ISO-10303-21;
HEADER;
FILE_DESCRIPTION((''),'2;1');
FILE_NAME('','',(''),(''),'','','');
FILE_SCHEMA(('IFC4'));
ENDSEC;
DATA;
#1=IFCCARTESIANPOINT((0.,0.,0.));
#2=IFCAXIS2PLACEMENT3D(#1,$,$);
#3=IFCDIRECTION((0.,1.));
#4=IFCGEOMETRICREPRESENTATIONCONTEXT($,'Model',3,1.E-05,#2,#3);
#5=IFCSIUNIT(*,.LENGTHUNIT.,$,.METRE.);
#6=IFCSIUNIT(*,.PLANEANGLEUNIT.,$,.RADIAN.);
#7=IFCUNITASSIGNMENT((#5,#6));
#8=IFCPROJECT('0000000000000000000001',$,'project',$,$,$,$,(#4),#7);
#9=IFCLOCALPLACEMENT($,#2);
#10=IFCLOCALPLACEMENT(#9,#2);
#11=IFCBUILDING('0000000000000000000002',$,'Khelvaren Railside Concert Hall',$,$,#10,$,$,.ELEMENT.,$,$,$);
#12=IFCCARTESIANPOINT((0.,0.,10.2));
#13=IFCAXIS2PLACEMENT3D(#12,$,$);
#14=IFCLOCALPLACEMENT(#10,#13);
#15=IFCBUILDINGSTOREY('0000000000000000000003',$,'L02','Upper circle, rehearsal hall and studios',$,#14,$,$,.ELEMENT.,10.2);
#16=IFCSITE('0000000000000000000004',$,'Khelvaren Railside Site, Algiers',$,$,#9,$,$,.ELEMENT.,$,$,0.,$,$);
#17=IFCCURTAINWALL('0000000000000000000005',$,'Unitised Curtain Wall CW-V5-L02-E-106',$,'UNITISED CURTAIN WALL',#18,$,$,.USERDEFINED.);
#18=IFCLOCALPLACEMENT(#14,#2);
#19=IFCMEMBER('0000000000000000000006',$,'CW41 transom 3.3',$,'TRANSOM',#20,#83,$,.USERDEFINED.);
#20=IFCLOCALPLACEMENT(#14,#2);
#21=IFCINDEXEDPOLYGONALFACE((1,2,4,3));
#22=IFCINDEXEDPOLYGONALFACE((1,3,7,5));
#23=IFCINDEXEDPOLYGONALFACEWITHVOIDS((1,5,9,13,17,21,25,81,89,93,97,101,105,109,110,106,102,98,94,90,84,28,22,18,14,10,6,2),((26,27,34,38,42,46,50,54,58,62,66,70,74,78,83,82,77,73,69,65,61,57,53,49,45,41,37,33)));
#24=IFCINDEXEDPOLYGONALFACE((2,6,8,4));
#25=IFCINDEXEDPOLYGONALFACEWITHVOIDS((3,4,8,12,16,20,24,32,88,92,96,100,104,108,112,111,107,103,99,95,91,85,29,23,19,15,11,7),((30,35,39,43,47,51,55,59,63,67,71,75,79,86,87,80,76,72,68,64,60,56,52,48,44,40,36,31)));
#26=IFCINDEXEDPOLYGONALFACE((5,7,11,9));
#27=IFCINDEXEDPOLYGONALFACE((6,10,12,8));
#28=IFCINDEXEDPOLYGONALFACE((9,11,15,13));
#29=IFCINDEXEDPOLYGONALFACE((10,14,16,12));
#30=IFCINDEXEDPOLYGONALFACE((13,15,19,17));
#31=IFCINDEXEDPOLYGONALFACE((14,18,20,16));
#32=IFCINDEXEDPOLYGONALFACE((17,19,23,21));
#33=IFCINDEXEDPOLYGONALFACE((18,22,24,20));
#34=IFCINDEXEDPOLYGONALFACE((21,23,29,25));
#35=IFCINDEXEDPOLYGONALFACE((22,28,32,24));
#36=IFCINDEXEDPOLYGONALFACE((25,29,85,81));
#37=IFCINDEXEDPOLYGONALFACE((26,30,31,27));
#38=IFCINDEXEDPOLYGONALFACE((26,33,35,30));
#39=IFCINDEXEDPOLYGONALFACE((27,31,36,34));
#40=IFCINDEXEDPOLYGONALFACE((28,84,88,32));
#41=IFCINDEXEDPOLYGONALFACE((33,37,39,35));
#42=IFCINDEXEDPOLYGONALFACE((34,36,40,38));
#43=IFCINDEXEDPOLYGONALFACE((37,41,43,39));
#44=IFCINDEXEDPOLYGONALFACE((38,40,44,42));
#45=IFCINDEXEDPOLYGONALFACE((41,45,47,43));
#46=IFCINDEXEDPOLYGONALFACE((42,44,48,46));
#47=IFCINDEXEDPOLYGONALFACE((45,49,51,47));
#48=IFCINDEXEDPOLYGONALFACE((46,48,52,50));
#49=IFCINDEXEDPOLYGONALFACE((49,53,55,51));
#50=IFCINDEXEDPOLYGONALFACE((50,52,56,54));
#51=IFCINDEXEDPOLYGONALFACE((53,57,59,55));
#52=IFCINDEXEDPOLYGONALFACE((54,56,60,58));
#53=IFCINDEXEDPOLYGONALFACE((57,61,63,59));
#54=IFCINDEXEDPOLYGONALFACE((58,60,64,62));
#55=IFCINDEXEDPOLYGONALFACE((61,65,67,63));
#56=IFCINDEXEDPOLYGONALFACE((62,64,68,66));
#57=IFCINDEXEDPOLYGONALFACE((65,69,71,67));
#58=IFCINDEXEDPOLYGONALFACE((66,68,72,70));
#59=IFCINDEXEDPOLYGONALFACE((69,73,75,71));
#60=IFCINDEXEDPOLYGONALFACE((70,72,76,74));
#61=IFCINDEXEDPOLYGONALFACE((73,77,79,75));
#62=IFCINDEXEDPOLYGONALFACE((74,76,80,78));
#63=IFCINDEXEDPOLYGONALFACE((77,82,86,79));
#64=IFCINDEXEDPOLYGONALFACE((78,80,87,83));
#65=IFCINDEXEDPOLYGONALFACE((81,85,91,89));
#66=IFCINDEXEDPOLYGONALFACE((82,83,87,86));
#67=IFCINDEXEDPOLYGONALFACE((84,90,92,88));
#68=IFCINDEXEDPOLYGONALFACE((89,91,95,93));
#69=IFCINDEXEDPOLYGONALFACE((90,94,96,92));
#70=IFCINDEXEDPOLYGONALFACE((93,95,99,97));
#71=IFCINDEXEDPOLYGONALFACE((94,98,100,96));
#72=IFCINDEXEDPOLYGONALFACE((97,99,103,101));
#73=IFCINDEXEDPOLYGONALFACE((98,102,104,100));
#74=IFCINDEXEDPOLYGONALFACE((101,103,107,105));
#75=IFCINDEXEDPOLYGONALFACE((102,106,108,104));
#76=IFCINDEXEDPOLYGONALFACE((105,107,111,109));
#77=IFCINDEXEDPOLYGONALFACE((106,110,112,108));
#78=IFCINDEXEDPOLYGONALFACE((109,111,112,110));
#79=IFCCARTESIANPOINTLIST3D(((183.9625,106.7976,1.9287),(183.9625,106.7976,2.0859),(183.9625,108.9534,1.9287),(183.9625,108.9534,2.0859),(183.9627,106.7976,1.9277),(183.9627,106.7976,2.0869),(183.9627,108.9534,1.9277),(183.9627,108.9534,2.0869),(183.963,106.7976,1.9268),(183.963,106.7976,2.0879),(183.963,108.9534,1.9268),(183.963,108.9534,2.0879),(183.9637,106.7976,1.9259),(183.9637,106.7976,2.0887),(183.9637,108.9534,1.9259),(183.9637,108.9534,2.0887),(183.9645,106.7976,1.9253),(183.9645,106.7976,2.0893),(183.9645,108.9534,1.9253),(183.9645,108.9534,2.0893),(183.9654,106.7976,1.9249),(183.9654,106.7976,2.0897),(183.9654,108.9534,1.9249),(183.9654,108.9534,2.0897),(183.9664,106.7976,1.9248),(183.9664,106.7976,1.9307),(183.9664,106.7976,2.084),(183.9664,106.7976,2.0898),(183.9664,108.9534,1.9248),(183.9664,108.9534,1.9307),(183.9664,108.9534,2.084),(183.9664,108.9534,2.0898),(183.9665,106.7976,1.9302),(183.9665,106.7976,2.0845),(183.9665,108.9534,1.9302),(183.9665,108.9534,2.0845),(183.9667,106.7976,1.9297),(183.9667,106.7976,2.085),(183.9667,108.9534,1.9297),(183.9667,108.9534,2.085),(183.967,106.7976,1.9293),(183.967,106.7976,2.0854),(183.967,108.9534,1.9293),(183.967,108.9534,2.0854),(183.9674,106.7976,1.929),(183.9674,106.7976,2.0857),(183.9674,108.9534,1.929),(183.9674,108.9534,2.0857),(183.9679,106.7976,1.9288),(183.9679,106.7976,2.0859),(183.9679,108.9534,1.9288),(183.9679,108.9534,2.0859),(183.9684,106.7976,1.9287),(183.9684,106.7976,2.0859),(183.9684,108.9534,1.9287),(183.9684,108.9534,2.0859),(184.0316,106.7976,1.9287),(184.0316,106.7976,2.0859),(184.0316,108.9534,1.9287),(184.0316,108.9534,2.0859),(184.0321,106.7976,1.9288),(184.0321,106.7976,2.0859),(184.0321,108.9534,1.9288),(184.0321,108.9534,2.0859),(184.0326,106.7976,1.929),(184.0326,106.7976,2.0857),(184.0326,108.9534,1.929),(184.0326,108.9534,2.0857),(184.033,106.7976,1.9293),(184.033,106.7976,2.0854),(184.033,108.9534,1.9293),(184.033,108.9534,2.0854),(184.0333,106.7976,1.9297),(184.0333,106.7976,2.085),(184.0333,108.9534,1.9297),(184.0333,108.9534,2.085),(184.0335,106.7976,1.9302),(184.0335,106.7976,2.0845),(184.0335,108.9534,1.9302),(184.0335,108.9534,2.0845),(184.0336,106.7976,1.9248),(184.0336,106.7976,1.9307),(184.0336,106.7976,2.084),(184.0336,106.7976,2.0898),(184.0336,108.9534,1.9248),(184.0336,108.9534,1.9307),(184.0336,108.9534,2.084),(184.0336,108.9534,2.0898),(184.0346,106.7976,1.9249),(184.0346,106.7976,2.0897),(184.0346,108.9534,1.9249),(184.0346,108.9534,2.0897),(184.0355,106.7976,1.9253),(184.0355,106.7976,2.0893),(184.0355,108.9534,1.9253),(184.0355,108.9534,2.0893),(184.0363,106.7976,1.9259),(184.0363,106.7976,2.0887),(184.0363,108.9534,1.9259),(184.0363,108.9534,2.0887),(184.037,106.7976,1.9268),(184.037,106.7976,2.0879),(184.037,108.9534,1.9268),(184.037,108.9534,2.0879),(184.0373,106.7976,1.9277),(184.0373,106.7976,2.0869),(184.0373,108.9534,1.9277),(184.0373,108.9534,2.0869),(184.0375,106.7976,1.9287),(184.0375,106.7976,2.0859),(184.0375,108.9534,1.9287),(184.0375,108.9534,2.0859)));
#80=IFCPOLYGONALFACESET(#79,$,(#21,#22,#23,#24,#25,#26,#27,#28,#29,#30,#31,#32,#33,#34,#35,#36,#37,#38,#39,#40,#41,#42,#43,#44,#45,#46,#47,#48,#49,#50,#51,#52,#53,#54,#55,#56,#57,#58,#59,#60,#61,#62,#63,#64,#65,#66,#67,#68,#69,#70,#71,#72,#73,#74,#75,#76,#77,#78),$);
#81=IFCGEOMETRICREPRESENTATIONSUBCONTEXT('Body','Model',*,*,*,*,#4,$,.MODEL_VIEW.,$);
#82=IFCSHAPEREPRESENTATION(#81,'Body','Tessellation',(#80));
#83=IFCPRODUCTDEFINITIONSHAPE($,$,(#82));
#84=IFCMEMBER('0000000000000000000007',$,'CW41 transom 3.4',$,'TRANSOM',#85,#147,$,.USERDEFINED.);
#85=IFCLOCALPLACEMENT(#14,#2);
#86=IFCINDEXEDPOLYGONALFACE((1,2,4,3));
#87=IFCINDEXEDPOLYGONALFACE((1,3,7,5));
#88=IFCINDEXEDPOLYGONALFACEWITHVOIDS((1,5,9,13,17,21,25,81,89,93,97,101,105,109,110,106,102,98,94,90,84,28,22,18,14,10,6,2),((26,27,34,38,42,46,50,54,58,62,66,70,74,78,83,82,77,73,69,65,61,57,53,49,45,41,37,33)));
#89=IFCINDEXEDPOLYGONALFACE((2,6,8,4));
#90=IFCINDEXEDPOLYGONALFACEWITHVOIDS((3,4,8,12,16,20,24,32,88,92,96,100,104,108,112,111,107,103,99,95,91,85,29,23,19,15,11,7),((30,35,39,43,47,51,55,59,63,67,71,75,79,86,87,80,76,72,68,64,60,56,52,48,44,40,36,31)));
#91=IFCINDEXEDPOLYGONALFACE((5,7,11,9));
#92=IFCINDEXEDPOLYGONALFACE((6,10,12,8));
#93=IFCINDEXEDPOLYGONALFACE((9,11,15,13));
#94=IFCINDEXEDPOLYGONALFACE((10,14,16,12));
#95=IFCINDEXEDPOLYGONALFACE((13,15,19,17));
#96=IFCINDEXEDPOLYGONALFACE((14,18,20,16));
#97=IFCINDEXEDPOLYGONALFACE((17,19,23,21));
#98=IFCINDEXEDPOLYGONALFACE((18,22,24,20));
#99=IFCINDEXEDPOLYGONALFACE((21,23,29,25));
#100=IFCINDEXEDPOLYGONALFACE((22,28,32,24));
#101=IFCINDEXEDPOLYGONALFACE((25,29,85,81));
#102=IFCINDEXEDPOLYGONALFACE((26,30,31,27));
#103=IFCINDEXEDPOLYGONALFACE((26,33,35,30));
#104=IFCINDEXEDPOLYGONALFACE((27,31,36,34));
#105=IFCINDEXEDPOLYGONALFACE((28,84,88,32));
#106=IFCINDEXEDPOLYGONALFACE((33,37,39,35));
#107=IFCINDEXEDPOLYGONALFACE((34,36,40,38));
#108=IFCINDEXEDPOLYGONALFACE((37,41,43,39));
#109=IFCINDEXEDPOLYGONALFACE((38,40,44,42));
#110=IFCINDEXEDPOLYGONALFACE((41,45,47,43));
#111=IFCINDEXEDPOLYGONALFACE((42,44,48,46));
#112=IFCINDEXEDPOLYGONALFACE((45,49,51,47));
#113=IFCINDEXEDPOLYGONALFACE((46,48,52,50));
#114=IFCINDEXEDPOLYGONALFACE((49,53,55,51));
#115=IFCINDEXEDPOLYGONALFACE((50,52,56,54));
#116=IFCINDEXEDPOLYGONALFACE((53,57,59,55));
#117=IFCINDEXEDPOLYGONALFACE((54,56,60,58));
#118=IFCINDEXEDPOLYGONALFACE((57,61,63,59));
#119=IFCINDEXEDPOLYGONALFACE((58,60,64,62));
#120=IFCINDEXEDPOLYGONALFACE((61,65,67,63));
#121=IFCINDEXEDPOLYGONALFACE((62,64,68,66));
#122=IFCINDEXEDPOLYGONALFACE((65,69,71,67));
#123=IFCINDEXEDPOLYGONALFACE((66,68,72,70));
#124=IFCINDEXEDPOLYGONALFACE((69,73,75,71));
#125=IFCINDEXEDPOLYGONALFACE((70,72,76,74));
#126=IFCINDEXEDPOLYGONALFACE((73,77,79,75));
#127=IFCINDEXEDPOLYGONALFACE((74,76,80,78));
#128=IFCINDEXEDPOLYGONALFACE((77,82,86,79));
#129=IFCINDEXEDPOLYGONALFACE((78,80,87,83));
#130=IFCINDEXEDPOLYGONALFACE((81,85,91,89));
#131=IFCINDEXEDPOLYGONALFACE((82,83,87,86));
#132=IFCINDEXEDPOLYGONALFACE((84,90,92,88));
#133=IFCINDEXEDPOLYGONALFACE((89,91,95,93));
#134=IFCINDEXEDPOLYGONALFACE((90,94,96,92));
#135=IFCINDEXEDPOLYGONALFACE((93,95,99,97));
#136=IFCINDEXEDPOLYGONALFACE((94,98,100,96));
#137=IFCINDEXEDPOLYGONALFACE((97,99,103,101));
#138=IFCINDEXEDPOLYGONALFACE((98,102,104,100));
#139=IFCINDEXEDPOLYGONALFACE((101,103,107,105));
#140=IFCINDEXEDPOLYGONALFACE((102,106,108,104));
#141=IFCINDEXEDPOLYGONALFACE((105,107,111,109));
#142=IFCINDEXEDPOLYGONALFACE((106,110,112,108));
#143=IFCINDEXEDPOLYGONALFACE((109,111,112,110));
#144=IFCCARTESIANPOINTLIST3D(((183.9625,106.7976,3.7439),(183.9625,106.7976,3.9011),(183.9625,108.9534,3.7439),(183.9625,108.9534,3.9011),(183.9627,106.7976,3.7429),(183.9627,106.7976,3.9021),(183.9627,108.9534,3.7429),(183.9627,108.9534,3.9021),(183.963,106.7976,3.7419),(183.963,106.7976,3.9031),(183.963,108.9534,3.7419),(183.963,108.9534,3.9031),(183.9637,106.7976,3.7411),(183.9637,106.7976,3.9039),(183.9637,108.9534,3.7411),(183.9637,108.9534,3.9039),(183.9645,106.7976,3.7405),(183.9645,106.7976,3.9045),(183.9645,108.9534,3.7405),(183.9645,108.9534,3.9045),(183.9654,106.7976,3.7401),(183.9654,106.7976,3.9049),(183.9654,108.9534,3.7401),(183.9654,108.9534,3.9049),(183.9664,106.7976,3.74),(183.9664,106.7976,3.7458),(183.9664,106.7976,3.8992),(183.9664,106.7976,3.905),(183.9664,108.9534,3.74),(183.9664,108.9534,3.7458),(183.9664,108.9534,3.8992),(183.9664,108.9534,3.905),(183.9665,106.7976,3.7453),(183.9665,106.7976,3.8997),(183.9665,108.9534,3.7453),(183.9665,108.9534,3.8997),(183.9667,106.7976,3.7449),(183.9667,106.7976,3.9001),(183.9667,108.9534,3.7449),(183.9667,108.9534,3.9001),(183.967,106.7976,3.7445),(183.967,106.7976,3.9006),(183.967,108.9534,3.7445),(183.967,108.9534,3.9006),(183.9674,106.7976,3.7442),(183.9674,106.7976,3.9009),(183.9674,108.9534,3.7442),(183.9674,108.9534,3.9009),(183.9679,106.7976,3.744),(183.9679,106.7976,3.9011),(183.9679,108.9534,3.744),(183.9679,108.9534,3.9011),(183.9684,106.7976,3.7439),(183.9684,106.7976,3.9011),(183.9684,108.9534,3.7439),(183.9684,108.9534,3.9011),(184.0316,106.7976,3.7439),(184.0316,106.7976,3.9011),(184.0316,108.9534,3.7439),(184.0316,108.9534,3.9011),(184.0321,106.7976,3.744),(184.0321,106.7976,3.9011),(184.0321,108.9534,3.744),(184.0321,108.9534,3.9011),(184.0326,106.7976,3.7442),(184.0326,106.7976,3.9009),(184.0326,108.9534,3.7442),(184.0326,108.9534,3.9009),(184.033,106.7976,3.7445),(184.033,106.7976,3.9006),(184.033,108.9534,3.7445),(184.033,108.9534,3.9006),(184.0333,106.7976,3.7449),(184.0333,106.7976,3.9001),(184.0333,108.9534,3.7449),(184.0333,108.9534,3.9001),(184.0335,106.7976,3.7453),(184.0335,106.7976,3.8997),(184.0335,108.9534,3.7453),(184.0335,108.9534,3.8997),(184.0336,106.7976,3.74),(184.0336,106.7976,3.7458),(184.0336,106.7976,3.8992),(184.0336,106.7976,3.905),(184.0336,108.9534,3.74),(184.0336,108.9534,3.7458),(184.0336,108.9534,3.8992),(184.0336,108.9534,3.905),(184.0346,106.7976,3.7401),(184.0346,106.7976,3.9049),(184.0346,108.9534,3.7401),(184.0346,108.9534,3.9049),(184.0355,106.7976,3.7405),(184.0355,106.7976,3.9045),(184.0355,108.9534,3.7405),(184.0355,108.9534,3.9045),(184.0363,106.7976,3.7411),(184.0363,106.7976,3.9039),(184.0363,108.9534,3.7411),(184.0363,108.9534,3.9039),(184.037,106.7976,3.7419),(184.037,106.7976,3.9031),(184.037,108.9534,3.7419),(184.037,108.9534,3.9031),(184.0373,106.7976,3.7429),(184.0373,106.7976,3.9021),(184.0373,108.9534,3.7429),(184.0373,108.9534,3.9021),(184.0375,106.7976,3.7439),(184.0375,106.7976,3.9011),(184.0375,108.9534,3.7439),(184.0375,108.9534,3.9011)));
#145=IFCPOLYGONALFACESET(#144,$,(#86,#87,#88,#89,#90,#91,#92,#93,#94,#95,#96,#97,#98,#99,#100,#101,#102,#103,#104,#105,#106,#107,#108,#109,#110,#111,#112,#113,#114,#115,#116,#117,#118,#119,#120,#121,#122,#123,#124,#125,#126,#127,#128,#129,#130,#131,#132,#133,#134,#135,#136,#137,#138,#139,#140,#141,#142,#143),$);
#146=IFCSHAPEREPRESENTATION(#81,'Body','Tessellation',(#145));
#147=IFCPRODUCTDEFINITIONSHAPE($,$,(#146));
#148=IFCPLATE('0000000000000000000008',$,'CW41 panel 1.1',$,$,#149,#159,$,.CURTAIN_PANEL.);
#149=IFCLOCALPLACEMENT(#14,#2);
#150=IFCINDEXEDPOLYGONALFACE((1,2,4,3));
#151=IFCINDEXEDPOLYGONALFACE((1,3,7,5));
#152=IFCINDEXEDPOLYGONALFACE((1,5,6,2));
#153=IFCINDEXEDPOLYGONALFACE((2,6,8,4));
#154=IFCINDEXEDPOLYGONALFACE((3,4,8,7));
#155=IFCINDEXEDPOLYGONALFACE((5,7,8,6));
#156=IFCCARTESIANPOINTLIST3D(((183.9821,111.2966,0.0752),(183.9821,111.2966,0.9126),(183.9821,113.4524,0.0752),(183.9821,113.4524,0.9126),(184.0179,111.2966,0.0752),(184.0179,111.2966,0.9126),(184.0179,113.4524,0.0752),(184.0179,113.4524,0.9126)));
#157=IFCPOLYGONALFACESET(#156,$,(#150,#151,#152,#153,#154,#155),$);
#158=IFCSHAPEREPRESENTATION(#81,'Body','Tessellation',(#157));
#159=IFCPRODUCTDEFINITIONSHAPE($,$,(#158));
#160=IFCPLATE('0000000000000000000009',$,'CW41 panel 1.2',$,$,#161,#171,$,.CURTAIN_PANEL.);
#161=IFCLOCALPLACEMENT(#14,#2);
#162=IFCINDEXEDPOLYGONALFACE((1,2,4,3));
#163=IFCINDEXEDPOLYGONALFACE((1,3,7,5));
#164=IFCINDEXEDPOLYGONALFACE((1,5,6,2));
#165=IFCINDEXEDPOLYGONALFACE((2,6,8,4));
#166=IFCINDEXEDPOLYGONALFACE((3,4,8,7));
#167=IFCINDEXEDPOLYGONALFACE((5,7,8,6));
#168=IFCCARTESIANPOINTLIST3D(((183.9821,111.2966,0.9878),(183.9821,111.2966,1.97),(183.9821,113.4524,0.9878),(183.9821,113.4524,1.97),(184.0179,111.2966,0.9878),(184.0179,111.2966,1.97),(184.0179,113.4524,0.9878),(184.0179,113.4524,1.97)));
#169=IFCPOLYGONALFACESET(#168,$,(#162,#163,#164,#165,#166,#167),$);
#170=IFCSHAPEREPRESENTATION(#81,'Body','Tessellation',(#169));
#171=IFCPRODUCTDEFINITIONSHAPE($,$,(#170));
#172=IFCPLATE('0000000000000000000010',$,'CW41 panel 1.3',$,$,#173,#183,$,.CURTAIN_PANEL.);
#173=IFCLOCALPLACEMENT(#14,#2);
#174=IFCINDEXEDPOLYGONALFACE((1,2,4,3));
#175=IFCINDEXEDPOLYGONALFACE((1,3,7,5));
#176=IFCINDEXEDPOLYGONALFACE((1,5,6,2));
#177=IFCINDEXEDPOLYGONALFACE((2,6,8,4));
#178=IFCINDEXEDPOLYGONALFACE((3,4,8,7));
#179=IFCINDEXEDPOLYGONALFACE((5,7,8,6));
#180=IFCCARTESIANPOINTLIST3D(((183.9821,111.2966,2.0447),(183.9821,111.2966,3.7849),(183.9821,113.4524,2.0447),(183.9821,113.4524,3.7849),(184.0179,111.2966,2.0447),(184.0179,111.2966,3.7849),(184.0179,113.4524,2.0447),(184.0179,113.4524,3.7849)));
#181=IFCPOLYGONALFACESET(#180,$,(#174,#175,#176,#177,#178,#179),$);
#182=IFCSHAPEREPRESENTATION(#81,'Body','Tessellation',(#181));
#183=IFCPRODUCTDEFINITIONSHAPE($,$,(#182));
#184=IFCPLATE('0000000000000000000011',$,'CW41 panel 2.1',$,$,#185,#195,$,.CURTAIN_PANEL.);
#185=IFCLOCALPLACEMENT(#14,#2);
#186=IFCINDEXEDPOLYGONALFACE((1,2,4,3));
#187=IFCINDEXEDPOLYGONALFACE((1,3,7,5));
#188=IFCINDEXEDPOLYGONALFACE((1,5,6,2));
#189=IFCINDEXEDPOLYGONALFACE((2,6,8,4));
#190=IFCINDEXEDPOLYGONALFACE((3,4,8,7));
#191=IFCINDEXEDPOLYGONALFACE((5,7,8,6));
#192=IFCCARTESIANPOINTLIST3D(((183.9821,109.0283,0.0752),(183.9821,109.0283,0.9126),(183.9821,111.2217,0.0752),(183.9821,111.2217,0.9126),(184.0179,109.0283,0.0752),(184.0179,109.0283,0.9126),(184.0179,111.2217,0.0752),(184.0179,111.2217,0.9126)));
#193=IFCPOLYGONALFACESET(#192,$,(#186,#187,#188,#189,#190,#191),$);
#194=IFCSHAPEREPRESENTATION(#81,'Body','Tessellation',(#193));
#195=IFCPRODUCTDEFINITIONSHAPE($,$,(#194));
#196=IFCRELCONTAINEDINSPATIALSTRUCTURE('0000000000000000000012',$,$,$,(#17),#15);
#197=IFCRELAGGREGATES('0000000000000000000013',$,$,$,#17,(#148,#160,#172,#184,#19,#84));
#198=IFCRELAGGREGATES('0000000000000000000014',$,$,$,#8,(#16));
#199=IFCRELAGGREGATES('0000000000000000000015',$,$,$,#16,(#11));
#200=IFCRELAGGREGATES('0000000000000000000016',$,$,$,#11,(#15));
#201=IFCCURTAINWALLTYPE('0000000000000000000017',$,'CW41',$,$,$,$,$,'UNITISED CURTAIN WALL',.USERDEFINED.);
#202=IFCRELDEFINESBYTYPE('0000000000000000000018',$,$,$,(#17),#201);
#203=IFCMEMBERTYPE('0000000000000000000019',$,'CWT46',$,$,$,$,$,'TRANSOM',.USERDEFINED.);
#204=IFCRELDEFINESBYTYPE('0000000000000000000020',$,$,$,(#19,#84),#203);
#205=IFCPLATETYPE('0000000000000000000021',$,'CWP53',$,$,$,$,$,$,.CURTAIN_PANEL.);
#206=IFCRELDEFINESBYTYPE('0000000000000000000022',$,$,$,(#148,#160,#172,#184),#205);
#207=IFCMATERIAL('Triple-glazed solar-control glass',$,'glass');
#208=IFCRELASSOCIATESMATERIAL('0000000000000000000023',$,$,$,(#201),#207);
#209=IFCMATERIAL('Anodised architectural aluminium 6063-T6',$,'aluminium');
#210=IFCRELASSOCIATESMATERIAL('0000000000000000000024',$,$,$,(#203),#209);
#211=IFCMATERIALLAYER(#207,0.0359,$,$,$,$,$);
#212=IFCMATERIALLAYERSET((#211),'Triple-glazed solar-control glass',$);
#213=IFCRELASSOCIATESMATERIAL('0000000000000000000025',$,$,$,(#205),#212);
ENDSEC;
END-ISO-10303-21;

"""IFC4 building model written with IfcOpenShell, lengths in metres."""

from ifc_helpers import new_model, si_unit, direction, frame, origin, origin_2d, place, context, subcontext, project, spatial, rectangle, hollow_rectangle, extrude, material, layer, layer_set, material_profile, profile_set, type_object, element, aggregate, save


model = new_model("IFC4")

# Units and contexts
model_context = context("Model", 3, precision=1e-05, world=origin(), true_north=direction((0.0, 1.0)))
body_context = subcontext(model_context, "Body", "Model", "MODEL_VIEW")
ifc_project = project(units=[si_unit("LENGTHUNIT", "METRE"), si_unit("PLANEANGLEUNIT", "RADIAN")], contexts=[model_context])

# Site, building, storey
site_placement = place(None, origin())
site = spatial("IfcSite", under=ifc_project, at=site_placement, Name="Khelvaren Railside Site, Algiers", CompositionType="ELEMENT", RefElevation=0.0)
building_placement = place(site_placement, origin())
building = spatial("IfcBuilding", under=site, at=building_placement, Name="Khelvaren Railside Concert Hall", CompositionType="ELEMENT")
storey_placement = place(building_placement, frame((0.0, 0.0, 10.2)))
storey = spatial("IfcBuildingStorey", under=building, at=storey_placement, Name="L02", Description="Upper circle, rehearsal hall and studios", CompositionType="ELEMENT", Elevation=10.2)

# Curtain wall, members, plates
ifc_material_1 = material(Name="Triple-glazed solar-control glass", Category="glass")
curtain_wall_type = type_object("IfcCurtainWallType", Name="CW41", ElementType="UNITISED CURTAIN WALL", PredefinedType="USERDEFINED", material=ifc_material_1)
curtain_wall_placement = place(storey_placement, origin())
curtain_wall = element("IfcCurtainWall", 1, at=curtain_wall_placement, inside=storey, type_object=curtain_wall_type, Name="Unitised Curtain Wall CW-V5-L02-E-106", ObjectType="UNITISED CURTAIN WALL", PredefinedType="USERDEFINED")
ifc_material_2 = material(Name="Anodised architectural aluminium 6063-T6", Category="aluminium")
ifc_material_profile_1 = material_profile(ifc_material_2, hollow_rectangle(XDim=0.075, YDim=0.165, WallThickness=0.0039, InnerFilletRadius=0.002, OuterFilletRadius=0.0039, at=origin_2d()), Name="CWT 75x165x4")
ifc_profile_set_1 = profile_set([ifc_material_profile_1], Name="Anodised architectural aluminium 6063-T6")
member_type_1 = type_object("IfcMemberType", Name="CWT46", ElementType="TRANSOM", PredefinedType="USERDEFINED", material=ifc_profile_set_1)
member_1_placement = place(storey_placement, frame((184.0, 108.9534, 2.0073), z_axis=(0.0, -1.0, 0.0), x_axis=(1.0, 0.0, 0.0)))
member_1 = element("IfcMember", 2, at=member_1_placement, type_object=member_type_1, Name="CW41 transom 3.3", ObjectType="TRANSOM", PredefinedType="USERDEFINED", context=body_context, shape_type="SweptSolid", body=[
    extrude(hollow_rectangle(XDim=0.075, YDim=0.165, WallThickness=0.0039, InnerFilletRadius=0.002, OuterFilletRadius=0.0039, at=origin_2d()), origin(), (0.0, 0.0, 1.0), 2.1558),
])
member_2_placement = place(storey_placement, frame((184.0, 108.9534, 3.8225), z_axis=(0.0, -1.0, 0.0), x_axis=(1.0, 0.0, 0.0)))
member_2 = element("IfcMember", 3, at=member_2_placement, type_object=member_type_1, Name="CW41 transom 3.4", ObjectType="TRANSOM", PredefinedType="USERDEFINED", context=body_context, shape_type="SweptSolid", body=[
    extrude(hollow_rectangle(XDim=0.075, YDim=0.165, WallThickness=0.0039, InnerFilletRadius=0.002, OuterFilletRadius=0.0039, at=origin_2d()), origin(), (0.0, 0.0, 1.0), 2.1558),
])
ifc_layer = layer(ifc_material_1, 0.0359)
ifc_layer_set = layer_set([ifc_layer], Name="Triple-glazed solar-control glass")
plate_type = type_object("IfcPlateType", Name="CWP53", PredefinedType="CURTAIN_PANEL", material=ifc_layer_set)
plate_1_placement = place(storey_placement, frame((184.0, 112.3745, 0.0752), z_axis=(0.0, 0.0, 1.0), x_axis=(0.0, -1.0, 0.0)))
plate_1 = element("IfcPlate", 4, at=plate_1_placement, type_object=plate_type, Name="CW41 panel 1.1", PredefinedType="CURTAIN_PANEL", context=body_context, shape_type="SweptSolid", body=[
    extrude(rectangle(XDim=2.1558, YDim=0.0359, at=origin_2d()), origin(), (0.0, 0.0, 1.0), 0.8374),
])
plate_2_placement = place(storey_placement, frame((184.0, 112.3745, 0.9878), z_axis=(0.0, 0.0, 1.0), x_axis=(0.0, -1.0, 0.0)))
plate_2 = element("IfcPlate", 5, at=plate_2_placement, type_object=plate_type, Name="CW41 panel 1.2", PredefinedType="CURTAIN_PANEL", context=body_context, shape_type="SweptSolid", body=[
    extrude(rectangle(XDim=2.1558, YDim=0.0359, at=origin_2d()), origin(), (0.0, 0.0, 1.0), 0.9822),
])
plate_3_placement = place(storey_placement, frame((184.0, 112.3745, 2.0447), z_axis=(0.0, 0.0, 1.0), x_axis=(0.0, -1.0, 0.0)))
plate_3 = element("IfcPlate", 6, at=plate_3_placement, type_object=plate_type, Name="CW41 panel 1.3", PredefinedType="CURTAIN_PANEL", context=body_context, shape_type="SweptSolid", body=[
    extrude(rectangle(XDim=2.1558, YDim=0.0359, at=origin_2d()), origin(), (0.0, 0.0, 1.0), 1.7402),
])
plate_4_placement = place(storey_placement, frame((184.0, 110.125, 0.0752), z_axis=(0.0, 0.0, 1.0), x_axis=(0.0, -1.0, 0.0)))
plate_4 = element("IfcPlate", 7, at=plate_4_placement, type_object=plate_type, Name="CW41 panel 2.1", PredefinedType="CURTAIN_PANEL", context=body_context, shape_type="SweptSolid", body=[
    extrude(rectangle(XDim=2.1934, YDim=0.0359, at=origin_2d()), origin(), (0.0, 0.0, 1.0), 0.8374),
])
aggregate(curtain_wall, [plate_1, plate_2, plate_3, plate_4, member_1, member_2])

save(model, "model.ifc")
